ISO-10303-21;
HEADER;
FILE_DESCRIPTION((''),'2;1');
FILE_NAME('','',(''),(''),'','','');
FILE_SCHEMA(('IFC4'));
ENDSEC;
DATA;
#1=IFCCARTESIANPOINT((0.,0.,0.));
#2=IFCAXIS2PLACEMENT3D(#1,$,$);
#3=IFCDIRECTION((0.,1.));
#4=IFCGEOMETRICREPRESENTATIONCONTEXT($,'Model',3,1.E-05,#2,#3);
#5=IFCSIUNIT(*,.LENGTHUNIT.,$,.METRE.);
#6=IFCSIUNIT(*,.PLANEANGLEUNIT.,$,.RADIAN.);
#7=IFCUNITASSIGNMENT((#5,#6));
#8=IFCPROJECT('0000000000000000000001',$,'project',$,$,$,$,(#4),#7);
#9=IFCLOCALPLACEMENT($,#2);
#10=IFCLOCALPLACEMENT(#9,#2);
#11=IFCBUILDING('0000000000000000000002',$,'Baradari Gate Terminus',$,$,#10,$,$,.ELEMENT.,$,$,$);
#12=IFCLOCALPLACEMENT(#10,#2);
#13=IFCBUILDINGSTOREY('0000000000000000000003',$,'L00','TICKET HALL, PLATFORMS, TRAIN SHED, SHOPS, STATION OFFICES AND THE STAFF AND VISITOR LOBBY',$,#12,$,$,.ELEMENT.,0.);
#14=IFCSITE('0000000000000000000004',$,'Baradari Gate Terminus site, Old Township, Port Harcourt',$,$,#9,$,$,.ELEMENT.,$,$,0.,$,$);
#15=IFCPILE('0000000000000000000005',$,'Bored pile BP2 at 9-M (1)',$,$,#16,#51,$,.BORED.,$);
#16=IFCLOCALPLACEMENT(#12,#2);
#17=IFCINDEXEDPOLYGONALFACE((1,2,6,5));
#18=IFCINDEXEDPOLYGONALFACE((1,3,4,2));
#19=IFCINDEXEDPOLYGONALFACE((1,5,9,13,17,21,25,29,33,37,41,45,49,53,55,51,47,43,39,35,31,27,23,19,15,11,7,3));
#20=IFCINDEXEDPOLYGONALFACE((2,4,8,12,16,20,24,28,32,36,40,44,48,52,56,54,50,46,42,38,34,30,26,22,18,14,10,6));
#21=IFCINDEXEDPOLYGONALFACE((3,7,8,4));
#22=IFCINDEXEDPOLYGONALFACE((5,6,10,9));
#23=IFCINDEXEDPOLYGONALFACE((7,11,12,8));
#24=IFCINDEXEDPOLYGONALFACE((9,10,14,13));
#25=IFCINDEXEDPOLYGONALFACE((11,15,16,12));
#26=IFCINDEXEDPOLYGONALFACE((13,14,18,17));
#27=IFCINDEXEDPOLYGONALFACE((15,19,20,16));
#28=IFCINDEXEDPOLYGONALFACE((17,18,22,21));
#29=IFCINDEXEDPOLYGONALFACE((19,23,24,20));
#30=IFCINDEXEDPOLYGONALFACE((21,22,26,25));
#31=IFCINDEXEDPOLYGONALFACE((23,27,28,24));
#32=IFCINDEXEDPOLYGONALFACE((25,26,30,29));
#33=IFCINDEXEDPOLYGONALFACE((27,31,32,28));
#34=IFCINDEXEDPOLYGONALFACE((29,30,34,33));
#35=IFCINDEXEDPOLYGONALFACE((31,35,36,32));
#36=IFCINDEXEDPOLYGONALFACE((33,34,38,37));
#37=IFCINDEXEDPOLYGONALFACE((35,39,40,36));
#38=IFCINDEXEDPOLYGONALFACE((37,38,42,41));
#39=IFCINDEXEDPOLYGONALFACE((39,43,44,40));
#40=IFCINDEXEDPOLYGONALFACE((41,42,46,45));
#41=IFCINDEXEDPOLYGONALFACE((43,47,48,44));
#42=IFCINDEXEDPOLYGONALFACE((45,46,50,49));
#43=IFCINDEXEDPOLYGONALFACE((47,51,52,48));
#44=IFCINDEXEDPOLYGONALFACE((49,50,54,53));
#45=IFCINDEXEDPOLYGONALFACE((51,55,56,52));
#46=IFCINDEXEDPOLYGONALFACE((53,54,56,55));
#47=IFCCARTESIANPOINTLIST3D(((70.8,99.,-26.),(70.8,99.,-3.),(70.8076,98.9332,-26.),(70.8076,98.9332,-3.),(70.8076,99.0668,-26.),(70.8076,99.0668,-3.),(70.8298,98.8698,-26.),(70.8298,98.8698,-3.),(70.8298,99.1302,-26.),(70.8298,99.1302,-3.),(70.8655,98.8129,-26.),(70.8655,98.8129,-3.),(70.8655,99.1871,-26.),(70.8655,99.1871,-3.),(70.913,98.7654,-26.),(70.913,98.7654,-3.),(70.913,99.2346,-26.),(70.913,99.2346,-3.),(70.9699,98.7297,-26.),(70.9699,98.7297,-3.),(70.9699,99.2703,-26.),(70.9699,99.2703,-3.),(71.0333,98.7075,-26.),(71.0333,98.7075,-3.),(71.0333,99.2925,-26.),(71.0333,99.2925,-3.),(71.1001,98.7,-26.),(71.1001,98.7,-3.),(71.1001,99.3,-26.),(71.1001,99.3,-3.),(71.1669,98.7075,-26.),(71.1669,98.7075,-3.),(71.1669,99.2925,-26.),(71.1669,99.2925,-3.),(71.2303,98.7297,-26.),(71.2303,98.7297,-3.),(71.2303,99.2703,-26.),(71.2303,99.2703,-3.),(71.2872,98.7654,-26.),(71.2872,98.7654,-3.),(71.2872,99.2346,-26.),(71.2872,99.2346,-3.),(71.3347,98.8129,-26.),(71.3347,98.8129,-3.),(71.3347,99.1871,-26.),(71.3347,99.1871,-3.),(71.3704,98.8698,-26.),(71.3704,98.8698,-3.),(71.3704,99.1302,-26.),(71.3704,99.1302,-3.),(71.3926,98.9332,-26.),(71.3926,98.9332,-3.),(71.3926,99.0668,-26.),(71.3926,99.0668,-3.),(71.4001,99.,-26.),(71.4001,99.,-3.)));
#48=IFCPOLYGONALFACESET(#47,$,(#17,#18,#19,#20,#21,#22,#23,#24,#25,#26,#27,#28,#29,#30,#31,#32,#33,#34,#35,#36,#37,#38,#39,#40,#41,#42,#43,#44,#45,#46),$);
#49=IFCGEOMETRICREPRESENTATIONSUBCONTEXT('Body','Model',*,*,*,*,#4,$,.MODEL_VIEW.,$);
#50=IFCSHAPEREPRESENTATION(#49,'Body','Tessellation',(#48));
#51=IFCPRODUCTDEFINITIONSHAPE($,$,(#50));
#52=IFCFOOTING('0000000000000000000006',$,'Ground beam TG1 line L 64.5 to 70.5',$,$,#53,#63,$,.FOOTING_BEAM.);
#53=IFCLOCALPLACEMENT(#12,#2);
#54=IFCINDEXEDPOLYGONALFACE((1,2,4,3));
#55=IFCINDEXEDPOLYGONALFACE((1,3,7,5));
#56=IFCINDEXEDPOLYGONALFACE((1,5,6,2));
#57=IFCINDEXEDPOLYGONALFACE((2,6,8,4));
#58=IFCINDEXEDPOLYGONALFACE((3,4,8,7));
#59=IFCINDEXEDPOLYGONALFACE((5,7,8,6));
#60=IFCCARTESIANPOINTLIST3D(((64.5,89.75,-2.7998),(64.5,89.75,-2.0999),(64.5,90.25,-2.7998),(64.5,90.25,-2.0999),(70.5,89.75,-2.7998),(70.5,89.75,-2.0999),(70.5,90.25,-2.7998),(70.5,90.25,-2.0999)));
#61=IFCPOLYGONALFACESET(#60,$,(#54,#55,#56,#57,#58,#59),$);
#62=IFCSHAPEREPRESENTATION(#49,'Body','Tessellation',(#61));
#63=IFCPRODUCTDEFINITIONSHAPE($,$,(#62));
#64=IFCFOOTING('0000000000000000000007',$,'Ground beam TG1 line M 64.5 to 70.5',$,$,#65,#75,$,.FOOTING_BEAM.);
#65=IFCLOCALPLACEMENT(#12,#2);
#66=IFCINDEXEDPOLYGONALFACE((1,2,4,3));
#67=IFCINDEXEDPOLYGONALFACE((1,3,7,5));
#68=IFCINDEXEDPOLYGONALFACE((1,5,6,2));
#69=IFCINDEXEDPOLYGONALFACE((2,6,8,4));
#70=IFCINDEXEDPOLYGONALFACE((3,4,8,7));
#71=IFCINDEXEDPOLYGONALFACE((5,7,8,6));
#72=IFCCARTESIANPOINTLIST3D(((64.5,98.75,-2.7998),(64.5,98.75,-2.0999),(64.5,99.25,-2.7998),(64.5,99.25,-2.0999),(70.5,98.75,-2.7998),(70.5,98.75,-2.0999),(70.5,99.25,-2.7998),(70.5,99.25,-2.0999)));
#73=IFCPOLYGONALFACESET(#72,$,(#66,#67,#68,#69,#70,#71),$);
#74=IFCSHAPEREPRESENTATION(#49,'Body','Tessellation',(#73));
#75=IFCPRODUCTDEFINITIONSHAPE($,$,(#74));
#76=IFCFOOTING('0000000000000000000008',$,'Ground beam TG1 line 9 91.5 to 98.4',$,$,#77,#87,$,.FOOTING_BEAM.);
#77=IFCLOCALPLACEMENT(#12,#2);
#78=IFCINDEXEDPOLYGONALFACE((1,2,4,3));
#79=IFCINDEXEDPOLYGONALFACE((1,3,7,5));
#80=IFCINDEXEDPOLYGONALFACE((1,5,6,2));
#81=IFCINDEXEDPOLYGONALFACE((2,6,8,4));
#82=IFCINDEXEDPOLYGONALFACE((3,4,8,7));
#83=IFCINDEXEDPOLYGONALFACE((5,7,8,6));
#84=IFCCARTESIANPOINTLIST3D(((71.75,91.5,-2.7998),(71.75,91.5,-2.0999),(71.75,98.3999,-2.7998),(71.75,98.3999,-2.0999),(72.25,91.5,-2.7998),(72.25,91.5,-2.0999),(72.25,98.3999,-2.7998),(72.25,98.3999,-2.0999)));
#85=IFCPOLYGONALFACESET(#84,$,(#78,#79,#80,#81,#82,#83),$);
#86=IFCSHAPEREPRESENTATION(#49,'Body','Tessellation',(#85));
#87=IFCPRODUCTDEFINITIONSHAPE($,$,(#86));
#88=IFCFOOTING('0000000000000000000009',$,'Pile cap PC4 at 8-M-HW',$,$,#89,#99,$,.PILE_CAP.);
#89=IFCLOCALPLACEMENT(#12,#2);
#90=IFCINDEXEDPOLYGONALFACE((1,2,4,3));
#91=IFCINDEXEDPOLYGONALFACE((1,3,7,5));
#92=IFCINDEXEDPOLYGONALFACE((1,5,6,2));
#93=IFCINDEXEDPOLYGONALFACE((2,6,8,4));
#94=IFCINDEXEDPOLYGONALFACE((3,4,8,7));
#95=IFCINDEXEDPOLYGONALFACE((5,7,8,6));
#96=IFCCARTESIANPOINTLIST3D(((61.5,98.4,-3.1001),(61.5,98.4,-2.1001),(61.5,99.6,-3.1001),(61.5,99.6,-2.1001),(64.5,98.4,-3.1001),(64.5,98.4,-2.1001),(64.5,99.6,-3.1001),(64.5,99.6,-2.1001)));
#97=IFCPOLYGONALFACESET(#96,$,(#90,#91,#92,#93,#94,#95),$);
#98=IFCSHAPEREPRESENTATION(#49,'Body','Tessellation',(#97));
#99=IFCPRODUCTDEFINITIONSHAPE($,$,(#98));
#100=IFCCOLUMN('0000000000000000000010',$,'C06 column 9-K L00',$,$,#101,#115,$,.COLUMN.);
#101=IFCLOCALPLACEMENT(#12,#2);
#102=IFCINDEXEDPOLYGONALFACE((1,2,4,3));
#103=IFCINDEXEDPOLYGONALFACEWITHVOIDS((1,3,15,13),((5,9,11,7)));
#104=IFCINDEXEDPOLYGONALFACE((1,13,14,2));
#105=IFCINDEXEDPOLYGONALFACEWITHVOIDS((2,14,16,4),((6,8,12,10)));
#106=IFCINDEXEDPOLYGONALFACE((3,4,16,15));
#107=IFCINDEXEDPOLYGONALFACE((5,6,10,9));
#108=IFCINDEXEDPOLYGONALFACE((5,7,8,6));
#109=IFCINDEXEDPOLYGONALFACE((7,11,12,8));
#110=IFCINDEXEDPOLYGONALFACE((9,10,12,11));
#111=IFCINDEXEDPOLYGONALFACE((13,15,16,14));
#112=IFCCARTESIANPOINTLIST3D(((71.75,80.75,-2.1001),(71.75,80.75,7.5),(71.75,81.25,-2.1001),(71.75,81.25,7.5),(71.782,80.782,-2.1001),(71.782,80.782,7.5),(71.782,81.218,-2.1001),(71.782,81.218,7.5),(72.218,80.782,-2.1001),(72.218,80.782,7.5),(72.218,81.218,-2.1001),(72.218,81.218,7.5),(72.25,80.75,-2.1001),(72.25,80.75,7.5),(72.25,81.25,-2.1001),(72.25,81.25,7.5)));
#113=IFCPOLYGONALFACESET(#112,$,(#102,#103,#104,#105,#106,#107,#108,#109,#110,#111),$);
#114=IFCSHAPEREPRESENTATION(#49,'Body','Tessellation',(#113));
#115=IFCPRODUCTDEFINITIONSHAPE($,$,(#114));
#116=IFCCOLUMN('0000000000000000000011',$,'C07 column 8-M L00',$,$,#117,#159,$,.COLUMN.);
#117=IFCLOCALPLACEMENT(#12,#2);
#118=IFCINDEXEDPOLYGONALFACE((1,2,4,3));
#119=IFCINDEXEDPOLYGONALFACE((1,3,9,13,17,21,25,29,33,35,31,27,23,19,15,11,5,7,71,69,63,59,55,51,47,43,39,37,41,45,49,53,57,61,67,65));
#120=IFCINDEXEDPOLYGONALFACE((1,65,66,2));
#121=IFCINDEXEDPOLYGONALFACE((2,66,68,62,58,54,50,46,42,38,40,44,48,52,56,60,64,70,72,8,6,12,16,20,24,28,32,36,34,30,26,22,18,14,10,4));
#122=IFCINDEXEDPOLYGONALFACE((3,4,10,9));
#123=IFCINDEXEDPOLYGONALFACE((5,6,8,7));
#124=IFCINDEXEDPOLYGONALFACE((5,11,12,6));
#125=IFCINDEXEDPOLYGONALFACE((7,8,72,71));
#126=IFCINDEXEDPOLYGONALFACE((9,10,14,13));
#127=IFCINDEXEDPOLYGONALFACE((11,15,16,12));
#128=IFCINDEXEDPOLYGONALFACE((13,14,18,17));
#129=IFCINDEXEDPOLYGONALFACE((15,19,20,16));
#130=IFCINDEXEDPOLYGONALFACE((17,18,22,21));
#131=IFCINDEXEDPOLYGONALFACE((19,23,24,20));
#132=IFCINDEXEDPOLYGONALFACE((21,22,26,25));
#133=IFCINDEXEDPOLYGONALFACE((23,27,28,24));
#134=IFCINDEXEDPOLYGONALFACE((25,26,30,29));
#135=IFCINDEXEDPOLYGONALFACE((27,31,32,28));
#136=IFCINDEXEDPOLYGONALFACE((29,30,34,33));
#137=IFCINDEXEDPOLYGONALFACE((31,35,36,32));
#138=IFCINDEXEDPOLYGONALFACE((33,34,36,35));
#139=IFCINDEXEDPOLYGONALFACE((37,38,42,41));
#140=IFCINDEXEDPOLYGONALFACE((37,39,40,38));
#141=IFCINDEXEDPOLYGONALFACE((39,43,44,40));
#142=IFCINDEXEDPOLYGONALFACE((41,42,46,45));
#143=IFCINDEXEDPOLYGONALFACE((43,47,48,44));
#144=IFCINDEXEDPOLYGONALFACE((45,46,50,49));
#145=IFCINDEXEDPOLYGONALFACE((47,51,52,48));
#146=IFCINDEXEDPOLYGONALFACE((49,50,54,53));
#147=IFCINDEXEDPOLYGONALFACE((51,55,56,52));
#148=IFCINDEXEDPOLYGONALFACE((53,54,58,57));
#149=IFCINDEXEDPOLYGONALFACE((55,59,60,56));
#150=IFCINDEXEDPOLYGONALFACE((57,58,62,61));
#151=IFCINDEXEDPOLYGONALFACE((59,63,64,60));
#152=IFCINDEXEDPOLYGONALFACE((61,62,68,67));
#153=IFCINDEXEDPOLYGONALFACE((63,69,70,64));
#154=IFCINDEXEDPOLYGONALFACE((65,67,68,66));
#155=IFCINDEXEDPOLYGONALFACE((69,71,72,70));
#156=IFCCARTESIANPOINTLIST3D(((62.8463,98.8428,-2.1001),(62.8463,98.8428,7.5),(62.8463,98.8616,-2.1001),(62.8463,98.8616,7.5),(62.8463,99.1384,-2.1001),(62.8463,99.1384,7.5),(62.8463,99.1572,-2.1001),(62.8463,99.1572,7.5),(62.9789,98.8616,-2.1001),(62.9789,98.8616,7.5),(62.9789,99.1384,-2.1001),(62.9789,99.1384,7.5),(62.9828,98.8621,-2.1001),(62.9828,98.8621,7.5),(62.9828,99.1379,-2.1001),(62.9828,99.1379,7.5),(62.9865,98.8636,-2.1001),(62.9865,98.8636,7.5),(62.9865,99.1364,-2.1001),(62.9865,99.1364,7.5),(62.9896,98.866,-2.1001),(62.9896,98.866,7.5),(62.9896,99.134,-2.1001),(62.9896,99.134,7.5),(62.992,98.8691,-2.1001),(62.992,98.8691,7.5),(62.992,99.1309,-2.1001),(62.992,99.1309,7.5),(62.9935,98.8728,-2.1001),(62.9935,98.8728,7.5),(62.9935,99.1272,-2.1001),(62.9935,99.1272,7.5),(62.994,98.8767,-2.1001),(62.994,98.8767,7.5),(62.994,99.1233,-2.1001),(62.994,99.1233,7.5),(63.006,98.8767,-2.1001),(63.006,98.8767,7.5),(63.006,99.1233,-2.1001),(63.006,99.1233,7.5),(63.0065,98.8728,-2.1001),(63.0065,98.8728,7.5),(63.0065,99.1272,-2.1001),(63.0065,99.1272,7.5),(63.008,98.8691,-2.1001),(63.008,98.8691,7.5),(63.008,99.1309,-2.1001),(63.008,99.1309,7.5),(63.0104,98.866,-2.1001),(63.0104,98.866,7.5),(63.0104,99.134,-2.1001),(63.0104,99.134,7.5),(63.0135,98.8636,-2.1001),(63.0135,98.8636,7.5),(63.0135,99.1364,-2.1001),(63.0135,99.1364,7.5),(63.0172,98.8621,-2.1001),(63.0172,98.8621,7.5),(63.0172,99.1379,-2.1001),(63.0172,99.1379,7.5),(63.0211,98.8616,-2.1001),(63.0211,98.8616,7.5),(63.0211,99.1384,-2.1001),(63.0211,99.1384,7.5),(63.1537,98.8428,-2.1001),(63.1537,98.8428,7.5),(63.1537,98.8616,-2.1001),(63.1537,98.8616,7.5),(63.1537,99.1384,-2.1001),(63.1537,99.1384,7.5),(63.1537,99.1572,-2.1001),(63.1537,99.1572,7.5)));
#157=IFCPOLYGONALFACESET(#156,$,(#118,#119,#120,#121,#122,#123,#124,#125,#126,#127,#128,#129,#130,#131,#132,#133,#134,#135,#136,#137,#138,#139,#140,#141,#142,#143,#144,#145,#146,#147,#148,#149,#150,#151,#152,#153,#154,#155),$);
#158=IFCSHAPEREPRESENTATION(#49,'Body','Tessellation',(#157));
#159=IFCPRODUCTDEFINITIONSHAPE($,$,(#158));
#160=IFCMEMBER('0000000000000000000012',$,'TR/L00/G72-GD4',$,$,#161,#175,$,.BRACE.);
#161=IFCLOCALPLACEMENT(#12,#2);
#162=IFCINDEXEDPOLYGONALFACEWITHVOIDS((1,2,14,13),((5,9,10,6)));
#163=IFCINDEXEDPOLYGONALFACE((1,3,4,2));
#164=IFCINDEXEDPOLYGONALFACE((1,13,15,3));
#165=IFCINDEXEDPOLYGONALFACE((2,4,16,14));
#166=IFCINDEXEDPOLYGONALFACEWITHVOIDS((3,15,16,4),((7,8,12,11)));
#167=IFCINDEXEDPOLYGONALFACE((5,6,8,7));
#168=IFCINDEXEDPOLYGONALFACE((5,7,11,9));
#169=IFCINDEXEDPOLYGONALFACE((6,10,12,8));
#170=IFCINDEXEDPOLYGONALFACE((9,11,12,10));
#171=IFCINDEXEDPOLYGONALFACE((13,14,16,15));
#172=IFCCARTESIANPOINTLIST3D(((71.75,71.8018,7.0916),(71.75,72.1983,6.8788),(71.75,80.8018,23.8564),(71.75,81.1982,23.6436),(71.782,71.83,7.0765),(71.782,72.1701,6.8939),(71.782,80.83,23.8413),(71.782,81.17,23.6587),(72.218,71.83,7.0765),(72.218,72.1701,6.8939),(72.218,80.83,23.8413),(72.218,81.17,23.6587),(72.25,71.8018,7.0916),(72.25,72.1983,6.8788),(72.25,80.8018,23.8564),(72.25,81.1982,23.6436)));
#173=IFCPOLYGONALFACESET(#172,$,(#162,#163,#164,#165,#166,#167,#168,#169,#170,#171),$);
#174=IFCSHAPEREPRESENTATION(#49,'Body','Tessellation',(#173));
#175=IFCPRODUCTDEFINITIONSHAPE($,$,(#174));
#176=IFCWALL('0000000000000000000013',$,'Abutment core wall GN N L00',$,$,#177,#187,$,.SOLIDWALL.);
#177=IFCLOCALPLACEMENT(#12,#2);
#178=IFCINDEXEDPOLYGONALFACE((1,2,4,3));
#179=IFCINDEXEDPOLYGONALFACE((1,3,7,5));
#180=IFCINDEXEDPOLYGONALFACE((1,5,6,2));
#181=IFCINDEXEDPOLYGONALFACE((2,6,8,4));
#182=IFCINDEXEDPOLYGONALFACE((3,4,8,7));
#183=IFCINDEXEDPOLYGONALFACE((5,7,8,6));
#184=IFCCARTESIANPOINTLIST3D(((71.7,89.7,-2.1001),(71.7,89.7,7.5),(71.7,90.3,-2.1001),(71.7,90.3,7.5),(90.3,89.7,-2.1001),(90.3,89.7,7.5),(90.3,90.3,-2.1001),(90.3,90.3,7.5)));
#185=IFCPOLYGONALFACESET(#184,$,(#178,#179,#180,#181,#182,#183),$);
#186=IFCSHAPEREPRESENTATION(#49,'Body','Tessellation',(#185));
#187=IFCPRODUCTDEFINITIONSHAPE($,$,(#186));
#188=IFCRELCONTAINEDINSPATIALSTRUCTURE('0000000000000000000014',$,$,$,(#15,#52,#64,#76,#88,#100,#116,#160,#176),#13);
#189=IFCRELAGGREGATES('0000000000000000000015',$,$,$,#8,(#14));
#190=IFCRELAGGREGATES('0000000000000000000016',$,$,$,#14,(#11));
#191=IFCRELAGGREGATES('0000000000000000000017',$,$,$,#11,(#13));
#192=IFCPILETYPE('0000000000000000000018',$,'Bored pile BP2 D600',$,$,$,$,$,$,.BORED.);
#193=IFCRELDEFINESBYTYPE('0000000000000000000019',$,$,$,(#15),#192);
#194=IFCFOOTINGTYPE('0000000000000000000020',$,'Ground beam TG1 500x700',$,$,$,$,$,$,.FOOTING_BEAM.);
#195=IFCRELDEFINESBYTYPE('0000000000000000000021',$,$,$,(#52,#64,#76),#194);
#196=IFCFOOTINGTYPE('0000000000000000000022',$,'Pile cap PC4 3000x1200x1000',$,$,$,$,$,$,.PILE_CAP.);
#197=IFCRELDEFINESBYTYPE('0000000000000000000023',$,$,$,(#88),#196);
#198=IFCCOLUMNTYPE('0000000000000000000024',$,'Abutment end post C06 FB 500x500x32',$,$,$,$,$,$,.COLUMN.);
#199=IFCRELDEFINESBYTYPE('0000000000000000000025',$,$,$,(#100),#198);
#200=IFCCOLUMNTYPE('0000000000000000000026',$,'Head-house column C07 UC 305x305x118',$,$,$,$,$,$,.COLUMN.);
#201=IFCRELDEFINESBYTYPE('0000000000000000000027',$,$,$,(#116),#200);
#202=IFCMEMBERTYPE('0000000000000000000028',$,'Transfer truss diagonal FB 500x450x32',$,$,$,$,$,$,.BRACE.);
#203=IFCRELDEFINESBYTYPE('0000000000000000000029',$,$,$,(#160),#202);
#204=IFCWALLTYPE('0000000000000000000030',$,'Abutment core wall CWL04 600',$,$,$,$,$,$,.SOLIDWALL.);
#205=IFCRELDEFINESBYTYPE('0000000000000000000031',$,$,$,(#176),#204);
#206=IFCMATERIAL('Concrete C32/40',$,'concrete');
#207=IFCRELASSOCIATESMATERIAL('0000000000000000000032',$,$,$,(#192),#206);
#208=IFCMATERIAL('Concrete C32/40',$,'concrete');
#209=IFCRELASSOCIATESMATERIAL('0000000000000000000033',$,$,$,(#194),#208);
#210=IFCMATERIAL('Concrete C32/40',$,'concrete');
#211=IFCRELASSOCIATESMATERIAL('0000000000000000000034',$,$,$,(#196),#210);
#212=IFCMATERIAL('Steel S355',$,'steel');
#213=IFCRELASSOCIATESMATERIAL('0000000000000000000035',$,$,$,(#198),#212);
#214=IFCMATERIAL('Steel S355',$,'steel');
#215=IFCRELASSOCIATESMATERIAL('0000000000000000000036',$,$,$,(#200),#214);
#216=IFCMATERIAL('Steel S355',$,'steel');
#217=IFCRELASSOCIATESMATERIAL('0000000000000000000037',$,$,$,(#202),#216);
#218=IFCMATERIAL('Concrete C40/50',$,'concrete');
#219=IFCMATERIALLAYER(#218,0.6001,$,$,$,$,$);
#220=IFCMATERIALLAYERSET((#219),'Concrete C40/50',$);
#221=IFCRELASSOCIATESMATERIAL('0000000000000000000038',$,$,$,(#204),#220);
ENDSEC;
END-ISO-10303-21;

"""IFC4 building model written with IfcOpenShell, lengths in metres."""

from ifc_helpers import new_model, si_unit, direction, frame, frame_2d, origin, origin_2d, place, context, subcontext, project, spatial, rectangle, hollow_rectangle, circle, i_section, extrude, material, layer, layer_set, material_profile, profile_set, type_object, element, save


model = new_model("IFC4")

# Units and contexts
model_context = context("Model", 3, precision=1e-05, world=origin(), true_north=direction((0.0, 1.0)))
body_context = subcontext(model_context, "Body", "Model", "MODEL_VIEW")
ifc_project = project(units=[si_unit("LENGTHUNIT", "METRE"), si_unit("PLANEANGLEUNIT", "RADIAN")], contexts=[model_context])

# Site, building, storey
site_placement = place(None, origin())
site = spatial("IfcSite", under=ifc_project, at=site_placement, Name="Baradari Gate Terminus site, Old Township, Port Harcourt", CompositionType="ELEMENT", RefElevation=0.0)
building_placement = place(site_placement, origin())
building = spatial("IfcBuilding", under=site, at=building_placement, Name="Baradari Gate Terminus", CompositionType="ELEMENT")
storey_placement = place(building_placement, origin())
storey = spatial("IfcBuildingStorey", under=building, at=storey_placement, Name="L00", Description="TICKET HALL, PLATFORMS, TRAIN SHED, SHOPS, STATION OFFICES AND THE STAFF AND VISITOR LOBBY", CompositionType="ELEMENT", Elevation=0.0)

# Pile
ifc_material_1 = material(Name="Concrete C32/40", Category="concrete")
pile_type_1 = type_object("IfcPileType", Name="Bored pile BP2 D600", PredefinedType="BORED", material=ifc_material_1)
for number, where, z_axis, x_axis, name in (
    (1, (71.1001, 99.0, -3.0), (0.0, 0.0, -1.0), (1.0, 0.0, 0.0), "Bored pile BP2 at 9-M (1)"),
):
    element("IfcPile", number, at=place(storey_placement, frame(where, z_axis=z_axis, x_axis=x_axis)), inside=storey, type_object=pile_type_1, Name=name, PredefinedType="BORED", context=body_context, shape_type="SweptSolid", body=[
        extrude(circle(Radius=0.3, at=origin_2d()), origin(), (0.0, 0.0, 1.0), 23.0),
    ])

# Footings
ifc_material_2 = material(Name="Concrete C32/40", Category="concrete")
footing_type_1 = type_object("IfcFootingType", Name="Ground beam TG1 500x700", PredefinedType="FOOTING_BEAM", material=ifc_material_2)
for number, where, z_axis, x_axis, name in (
    (2, (67.5, 90.0, -2.7998), (0.0, 0.0, 1.0), (1.0, 0.0, 0.0), "Ground beam TG1 line L 64.5 to 70.5"),
    (3, (67.5, 99.0, -2.7998), (0.0, 0.0, 1.0), (1.0, 0.0, 0.0), "Ground beam TG1 line M 64.5 to 70.5"),
):
    element("IfcFooting", number, at=place(storey_placement, frame(where, z_axis=z_axis, x_axis=x_axis)), inside=storey, type_object=footing_type_1, Name=name, PredefinedType="FOOTING_BEAM", context=body_context, shape_type="SweptSolid", body=[
        extrude(rectangle(XDim=6.0, YDim=0.5, at=origin_2d()), origin(), (0.0, 0.0, 1.0), 0.7),
    ])
footing_1_placement = place(storey_placement, frame((72.0, 94.95, -2.7998), z_axis=(0.0, 0.0, 1.0), x_axis=(1.0, 0.0, 0.0)))
element("IfcFooting", 4, at=footing_1_placement, inside=storey, type_object=footing_type_1, Name="Ground beam TG1 line 9 91.5 to 98.4", PredefinedType="FOOTING_BEAM", context=body_context, shape_type="SweptSolid", body=[
    extrude(rectangle(XDim=0.5, YDim=6.8999, at=origin_2d()), origin(), (0.0, 0.0, 1.0), 0.7),
])
ifc_material_3 = material(Name="Concrete C32/40", Category="concrete")
footing_type_2 = type_object("IfcFootingType", Name="Pile cap PC4 3000x1200x1000", PredefinedType="PILE_CAP", material=ifc_material_3)
footing_2_placement = place(storey_placement, frame((63.0, 99.0, -3.1001), z_axis=(0.0, 0.0, 1.0), x_axis=(1.0, 0.0, 0.0)))
element("IfcFooting", 5, at=footing_2_placement, inside=storey, type_object=footing_type_2, Name="Pile cap PC4 at 8-M-HW", PredefinedType="PILE_CAP", context=body_context, shape_type="SweptSolid", body=[
    extrude(rectangle(XDim=3.0, YDim=1.2, at=origin_2d()), origin(), (0.0, 0.0, 1.0), 1.0),
])

# Columns
ifc_material_4 = material(Name="Steel S355", Category="steel")
ifc_material_profile_1 = material_profile(ifc_material_4, hollow_rectangle(XDim=0.5, YDim=0.5, WallThickness=0.032, at=origin_2d()), Name="FB 500x500x32")
ifc_profile_set_1 = profile_set([ifc_material_profile_1], Name="Steel S355")
column_type_1 = type_object("IfcColumnType", Name="Abutment end post C06 FB 500x500x32", PredefinedType="COLUMN", material=ifc_profile_set_1)
column_1_placement = place(storey_placement, frame((72.0, 81.0, -2.1001), z_axis=(0.0, 0.0, 1.0), x_axis=(1.0, 0.0, 0.0)))
element("IfcColumn", 6, at=column_1_placement, inside=storey, type_object=column_type_1, Name="C06 column 9-K L00", PredefinedType="COLUMN", context=body_context, shape_type="SweptSolid", body=[
    extrude(hollow_rectangle(XDim=0.5, YDim=0.5, WallThickness=0.032, at=origin_2d()), origin(), (0.0, 0.0, 1.0), 9.6001),
])
ifc_material_5 = material(Name="Steel S355", Category="steel")
ifc_material_profile_2 = material_profile(ifc_material_5, i_section(OverallWidth=0.3074, OverallDepth=0.3145, WebThickness=0.012, FlangeThickness=0.0188, FilletRadius=0.0151, at=origin_2d()), Name="UC 305x305x118")
ifc_profile_set_2 = profile_set([ifc_material_profile_2], Name="Steel S355")
column_type_2 = type_object("IfcColumnType", Name="Head-house column C07 UC 305x305x118", PredefinedType="COLUMN", material=ifc_profile_set_2)
column_2_placement = place(storey_placement, frame((63.0, 99.0, -2.1001), z_axis=(0.0, 0.0, 1.0), x_axis=(1.0, 0.0, 0.0)))
element("IfcColumn", 7, at=column_2_placement, inside=storey, type_object=column_type_2, Name="C07 column 8-M L00", PredefinedType="COLUMN", context=body_context, shape_type="SweptSolid", body=[
    extrude(i_section(OverallWidth=0.3074, OverallDepth=0.3145, WebThickness=0.012, FlangeThickness=0.0188, FilletRadius=0.0151, at=origin_2d()), origin(), (0.0, 0.0, 1.0), 9.6001),
])

# Member
ifc_material_6 = material(Name="Steel S355", Category="steel")
ifc_material_profile_3 = material_profile(ifc_material_6, hollow_rectangle(XDim=0.5, YDim=0.45, WallThickness=0.032, at=origin_2d()), Name="FB 500x450x32")
ifc_profile_set_3 = profile_set([ifc_material_profile_3], Name="Steel S355")
member_type = type_object("IfcMemberType", Name="Transfer truss diagonal FB 500x450x32", PredefinedType="BRACE", material=ifc_profile_set_3)
member_placement = place(storey_placement, frame((72.0, 81.0, 23.75), z_axis=(0.0, -0.472989, -0.881068), x_axis=(1.0, 0.0, 0.0)))
element("IfcMember", 8, at=member_placement, inside=storey, type_object=member_type, Name="TR/L00/G72-GD4", PredefinedType="BRACE", context=body_context, shape_type="SweptSolid", body=[
    extrude(hollow_rectangle(XDim=0.5, YDim=0.45, WallThickness=0.032, at=origin_2d()), origin(), (0.0, 0.0, 1.0), 19.0278),
])

# Wall
ifc_material_7 = material(Name="Concrete C40/50", Category="concrete")
ifc_layer_1 = layer(ifc_material_7, 0.6001)
ifc_layer_set_1 = layer_set([ifc_layer_1], Name="Concrete C40/50")
wall_type_1 = type_object("IfcWallType", Name="Abutment core wall CWL04 600", PredefinedType="SOLIDWALL", material=ifc_layer_set_1)
wall_1_placement = place(storey_placement, frame((71.7, 90.0, -2.1001), z_axis=(0.0, 0.0, 1.0), x_axis=(1.0, 0.0, 0.0)))
element("IfcWall", 9, at=wall_1_placement, inside=storey, type_object=wall_type_1, Name="Abutment core wall GN N L00", PredefinedType="SOLIDWALL", context=body_context, shape_type="SweptSolid", body=[
    extrude(rectangle(XDim=18.6001, YDim=0.6001, at=frame_2d((9.3, 0.0))), origin(), (0.0, 0.0, 1.0), 9.6001),
])

save(model, "model.ifc")
